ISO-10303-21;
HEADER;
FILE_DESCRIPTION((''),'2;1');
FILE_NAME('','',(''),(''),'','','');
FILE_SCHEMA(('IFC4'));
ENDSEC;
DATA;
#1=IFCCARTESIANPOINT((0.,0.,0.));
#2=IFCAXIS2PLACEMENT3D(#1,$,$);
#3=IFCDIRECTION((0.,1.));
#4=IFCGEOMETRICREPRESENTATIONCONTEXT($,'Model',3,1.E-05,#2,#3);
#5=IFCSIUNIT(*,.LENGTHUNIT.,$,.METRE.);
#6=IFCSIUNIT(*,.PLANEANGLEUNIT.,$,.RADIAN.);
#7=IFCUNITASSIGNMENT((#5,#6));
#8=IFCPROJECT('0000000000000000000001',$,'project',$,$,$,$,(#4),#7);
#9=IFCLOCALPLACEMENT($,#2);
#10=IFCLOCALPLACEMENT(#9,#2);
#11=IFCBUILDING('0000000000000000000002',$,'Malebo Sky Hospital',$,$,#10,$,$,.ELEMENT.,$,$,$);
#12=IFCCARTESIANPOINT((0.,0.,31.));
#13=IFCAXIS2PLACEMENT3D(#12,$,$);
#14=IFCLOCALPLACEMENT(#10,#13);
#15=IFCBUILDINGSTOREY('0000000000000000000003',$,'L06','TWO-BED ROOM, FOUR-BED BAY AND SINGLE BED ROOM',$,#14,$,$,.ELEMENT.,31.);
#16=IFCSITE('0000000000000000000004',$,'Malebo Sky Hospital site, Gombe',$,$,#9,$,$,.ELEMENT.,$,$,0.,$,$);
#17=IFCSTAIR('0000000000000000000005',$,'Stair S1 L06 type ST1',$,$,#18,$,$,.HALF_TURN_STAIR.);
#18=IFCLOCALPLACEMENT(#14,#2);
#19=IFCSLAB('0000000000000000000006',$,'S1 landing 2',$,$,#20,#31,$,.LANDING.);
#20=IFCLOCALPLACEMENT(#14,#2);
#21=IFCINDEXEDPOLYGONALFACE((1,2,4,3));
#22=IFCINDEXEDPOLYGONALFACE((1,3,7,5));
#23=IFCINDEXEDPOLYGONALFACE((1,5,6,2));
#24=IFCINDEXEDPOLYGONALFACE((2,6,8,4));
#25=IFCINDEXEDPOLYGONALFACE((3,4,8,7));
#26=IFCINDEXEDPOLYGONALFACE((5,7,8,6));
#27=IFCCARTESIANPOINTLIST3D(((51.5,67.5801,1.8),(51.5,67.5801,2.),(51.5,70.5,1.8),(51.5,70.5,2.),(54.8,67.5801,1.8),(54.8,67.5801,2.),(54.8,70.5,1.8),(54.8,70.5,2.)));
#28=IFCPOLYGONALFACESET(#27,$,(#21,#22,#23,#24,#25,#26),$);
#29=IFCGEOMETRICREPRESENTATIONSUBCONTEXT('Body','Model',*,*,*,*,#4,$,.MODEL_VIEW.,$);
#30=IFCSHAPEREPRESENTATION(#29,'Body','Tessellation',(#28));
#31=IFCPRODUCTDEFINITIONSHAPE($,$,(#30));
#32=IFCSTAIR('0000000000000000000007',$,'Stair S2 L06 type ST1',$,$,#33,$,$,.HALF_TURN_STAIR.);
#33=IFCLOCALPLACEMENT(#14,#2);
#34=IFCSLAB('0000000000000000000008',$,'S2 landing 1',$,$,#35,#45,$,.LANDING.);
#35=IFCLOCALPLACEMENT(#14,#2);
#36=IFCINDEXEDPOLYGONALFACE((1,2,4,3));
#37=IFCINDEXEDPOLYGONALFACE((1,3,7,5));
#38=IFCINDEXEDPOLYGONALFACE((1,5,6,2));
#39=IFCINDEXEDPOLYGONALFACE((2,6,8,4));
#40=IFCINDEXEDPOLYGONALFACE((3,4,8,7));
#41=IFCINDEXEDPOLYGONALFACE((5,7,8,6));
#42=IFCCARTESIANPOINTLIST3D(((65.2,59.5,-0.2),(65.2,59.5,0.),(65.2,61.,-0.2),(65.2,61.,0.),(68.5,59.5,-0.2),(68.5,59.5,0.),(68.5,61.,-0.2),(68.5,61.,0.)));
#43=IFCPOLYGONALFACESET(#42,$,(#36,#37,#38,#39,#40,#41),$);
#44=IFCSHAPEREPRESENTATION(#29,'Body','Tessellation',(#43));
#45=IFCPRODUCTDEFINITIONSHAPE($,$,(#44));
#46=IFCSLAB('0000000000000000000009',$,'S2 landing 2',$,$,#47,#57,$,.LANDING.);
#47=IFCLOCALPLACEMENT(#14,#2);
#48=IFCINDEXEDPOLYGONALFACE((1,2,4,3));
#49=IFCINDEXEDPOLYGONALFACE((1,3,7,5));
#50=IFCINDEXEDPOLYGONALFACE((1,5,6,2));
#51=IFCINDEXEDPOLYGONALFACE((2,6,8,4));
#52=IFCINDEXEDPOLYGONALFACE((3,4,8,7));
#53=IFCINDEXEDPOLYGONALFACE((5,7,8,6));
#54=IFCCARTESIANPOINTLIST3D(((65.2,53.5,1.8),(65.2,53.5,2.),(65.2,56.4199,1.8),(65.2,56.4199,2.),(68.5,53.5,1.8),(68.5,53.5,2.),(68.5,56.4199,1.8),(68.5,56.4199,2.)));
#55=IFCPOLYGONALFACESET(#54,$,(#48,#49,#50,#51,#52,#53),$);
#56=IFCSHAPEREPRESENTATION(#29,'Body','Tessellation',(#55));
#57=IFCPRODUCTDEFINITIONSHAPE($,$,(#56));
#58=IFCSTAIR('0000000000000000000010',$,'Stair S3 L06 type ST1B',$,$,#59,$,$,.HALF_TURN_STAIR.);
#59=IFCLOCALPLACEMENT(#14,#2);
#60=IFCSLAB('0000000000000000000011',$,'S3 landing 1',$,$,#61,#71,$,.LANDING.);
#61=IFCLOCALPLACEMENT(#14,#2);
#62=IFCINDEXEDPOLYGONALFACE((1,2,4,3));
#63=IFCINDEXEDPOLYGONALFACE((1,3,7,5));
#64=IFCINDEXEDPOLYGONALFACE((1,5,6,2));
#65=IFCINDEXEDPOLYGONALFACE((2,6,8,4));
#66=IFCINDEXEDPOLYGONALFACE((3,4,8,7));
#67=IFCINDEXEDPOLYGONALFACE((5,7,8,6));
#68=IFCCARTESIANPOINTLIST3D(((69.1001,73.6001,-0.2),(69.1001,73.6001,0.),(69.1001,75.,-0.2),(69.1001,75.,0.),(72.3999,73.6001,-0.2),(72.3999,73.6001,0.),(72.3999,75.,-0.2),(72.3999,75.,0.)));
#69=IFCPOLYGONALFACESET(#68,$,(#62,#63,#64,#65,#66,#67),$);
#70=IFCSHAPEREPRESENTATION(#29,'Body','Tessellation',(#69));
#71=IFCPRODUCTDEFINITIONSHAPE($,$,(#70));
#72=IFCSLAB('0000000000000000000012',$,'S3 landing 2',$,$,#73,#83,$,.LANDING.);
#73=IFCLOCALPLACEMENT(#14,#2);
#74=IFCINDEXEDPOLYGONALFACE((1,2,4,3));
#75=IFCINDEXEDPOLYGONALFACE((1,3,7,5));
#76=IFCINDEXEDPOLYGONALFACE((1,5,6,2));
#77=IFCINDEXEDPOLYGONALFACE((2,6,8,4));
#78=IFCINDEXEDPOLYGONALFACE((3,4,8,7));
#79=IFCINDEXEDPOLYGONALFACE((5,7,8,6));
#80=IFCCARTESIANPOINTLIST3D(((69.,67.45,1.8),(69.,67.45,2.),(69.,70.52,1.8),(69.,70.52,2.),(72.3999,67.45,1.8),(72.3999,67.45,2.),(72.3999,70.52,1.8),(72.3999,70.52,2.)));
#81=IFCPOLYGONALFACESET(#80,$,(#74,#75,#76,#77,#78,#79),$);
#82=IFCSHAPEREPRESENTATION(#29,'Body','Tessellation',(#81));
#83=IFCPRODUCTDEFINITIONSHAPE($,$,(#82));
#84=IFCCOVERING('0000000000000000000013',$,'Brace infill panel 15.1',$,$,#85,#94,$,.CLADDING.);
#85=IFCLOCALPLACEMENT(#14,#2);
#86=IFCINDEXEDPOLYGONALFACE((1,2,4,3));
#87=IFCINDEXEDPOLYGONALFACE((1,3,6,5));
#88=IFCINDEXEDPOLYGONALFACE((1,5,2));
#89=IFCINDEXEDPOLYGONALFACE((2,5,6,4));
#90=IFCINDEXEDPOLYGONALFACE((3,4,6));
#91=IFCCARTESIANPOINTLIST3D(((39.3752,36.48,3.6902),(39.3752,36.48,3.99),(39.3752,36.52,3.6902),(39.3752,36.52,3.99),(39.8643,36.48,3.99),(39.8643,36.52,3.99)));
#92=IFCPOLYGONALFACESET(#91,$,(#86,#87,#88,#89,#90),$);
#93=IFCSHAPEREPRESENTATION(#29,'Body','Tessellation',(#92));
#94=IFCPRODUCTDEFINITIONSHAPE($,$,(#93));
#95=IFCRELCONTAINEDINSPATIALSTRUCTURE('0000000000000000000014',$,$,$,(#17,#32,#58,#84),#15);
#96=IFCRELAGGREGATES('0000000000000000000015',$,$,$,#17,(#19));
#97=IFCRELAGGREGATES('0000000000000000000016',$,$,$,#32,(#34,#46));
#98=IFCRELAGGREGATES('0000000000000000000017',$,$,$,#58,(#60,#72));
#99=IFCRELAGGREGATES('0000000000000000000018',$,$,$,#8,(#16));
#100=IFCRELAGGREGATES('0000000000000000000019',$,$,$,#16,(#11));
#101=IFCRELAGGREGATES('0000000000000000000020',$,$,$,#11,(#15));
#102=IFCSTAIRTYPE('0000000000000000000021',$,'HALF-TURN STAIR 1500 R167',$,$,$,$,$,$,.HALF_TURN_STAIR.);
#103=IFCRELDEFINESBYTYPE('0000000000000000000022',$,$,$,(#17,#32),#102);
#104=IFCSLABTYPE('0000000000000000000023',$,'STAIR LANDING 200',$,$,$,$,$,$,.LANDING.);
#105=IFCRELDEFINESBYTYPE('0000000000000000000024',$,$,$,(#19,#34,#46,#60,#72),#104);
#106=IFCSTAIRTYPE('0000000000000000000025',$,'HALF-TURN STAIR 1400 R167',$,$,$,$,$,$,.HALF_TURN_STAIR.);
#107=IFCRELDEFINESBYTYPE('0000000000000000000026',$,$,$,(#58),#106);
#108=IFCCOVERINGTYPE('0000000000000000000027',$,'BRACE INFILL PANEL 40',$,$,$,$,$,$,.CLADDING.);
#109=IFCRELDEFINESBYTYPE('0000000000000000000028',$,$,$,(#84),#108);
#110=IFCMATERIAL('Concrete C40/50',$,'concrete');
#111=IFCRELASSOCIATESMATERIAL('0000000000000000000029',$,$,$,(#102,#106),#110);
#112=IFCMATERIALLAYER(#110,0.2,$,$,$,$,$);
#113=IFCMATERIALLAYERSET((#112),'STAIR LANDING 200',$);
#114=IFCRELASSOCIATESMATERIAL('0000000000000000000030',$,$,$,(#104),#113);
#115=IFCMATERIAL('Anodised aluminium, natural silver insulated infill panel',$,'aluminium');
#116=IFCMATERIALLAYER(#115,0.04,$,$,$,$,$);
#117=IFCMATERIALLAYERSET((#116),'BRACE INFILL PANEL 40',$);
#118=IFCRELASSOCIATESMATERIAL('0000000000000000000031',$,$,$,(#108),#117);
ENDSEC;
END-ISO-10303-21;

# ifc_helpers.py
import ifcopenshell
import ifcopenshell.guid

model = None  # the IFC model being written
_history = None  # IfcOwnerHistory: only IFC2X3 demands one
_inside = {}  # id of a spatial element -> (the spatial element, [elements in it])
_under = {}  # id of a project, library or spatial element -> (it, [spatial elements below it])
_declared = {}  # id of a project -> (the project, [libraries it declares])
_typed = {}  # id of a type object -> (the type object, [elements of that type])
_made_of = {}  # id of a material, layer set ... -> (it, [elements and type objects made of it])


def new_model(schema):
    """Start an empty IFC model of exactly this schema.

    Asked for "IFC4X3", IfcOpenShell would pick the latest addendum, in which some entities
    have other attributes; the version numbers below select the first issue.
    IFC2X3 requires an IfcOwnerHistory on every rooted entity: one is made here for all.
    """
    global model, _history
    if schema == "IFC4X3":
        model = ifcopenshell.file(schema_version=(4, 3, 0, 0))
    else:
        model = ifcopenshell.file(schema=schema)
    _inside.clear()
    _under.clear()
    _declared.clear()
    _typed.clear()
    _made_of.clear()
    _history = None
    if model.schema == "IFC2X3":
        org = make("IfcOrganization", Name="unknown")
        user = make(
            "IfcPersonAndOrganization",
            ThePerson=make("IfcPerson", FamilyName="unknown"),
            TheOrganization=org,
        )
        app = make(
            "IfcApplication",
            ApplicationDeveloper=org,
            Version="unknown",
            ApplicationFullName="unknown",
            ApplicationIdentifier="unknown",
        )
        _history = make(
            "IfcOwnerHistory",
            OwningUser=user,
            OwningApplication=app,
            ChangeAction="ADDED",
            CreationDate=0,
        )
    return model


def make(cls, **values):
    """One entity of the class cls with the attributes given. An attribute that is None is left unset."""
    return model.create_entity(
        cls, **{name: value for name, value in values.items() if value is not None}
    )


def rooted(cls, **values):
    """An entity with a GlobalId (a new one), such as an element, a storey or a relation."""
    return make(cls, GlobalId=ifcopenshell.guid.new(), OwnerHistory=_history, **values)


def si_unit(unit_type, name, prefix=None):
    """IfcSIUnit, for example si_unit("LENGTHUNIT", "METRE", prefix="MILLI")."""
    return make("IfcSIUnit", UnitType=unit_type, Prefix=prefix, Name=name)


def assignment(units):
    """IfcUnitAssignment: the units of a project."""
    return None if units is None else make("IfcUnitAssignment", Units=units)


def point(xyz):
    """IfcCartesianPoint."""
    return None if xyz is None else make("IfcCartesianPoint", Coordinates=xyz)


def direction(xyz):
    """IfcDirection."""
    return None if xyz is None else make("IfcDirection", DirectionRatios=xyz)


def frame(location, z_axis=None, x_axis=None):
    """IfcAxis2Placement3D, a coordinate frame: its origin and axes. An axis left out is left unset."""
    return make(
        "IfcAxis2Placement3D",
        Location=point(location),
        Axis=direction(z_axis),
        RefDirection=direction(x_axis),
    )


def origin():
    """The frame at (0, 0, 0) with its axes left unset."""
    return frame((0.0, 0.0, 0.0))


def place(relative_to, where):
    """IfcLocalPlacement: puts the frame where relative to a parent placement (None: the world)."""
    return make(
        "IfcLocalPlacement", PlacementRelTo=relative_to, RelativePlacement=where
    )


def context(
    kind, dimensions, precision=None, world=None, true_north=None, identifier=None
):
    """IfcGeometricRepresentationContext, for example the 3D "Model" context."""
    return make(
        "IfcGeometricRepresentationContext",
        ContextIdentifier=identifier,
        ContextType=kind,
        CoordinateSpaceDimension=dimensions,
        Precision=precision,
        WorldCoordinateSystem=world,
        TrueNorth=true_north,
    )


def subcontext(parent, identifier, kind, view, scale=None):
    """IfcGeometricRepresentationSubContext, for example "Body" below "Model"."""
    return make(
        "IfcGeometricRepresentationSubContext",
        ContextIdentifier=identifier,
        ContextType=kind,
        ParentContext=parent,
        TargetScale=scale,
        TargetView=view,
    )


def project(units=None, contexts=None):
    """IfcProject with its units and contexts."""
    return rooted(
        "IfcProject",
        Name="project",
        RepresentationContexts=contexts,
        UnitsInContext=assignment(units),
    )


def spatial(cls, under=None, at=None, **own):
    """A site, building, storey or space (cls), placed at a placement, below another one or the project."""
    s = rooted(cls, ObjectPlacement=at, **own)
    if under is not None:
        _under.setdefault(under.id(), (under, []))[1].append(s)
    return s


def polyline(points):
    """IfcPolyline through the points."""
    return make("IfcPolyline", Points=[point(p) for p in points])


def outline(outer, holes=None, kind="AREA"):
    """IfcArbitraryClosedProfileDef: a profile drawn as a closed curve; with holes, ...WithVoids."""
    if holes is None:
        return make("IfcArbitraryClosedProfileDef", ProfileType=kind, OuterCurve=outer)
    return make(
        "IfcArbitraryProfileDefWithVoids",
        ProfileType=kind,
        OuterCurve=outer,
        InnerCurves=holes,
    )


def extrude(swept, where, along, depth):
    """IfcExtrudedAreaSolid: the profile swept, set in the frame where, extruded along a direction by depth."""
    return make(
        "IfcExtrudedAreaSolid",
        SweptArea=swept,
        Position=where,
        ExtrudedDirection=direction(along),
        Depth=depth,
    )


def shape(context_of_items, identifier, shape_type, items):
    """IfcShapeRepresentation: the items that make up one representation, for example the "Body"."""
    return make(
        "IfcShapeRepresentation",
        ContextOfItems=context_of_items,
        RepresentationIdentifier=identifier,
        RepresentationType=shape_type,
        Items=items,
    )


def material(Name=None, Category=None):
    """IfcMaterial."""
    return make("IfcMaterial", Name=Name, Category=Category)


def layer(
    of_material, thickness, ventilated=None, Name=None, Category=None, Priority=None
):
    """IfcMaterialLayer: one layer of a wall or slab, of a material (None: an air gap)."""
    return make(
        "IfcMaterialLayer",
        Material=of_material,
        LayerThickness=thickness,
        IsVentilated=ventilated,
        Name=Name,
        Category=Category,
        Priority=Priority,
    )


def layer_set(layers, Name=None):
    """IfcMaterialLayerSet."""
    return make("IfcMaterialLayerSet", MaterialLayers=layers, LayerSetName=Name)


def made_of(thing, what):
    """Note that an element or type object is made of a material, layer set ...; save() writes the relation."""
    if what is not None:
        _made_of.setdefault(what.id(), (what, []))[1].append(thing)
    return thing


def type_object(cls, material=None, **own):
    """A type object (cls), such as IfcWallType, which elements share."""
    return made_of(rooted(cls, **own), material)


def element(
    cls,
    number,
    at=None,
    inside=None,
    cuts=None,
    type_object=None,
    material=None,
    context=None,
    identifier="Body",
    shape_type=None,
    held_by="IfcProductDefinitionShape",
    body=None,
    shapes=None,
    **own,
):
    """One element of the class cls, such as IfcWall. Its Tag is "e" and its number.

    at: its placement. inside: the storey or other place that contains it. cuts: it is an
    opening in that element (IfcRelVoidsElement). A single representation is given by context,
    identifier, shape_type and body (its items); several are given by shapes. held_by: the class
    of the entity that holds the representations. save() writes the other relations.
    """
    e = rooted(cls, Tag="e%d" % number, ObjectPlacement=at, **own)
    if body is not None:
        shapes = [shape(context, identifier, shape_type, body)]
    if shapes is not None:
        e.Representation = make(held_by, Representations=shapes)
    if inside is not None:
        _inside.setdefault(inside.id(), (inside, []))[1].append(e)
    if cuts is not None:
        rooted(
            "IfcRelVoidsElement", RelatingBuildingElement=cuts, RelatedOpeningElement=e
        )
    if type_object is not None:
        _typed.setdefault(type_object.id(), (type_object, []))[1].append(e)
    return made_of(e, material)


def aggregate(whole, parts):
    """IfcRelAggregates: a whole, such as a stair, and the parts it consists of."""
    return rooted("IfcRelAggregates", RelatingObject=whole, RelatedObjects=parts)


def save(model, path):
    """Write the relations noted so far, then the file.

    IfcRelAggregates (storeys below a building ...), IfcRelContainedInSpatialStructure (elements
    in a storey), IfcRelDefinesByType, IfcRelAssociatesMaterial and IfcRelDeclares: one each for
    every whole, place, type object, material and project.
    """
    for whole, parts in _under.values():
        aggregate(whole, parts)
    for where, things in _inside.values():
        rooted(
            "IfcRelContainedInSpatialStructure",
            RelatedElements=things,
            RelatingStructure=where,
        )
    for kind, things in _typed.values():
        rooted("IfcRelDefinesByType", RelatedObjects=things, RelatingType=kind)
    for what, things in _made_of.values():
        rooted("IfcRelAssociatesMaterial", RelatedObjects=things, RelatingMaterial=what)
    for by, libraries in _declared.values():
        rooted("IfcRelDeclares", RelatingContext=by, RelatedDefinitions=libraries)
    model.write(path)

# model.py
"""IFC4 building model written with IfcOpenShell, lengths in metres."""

from ifc_helpers import new_model, si_unit, direction, frame, origin, place, context, subcontext, project, spatial, polyline, outline, extrude, material, layer, layer_set, type_object, element, aggregate, save


model = new_model("IFC4")

# Units and contexts
model_context = context("Model", 3, precision=1e-05, world=origin(), true_north=direction((0.0, 1.0)))
body_context = subcontext(model_context, "Body", "Model", "MODEL_VIEW")
ifc_project = project(units=[si_unit("LENGTHUNIT", "METRE"), si_unit("PLANEANGLEUNIT", "RADIAN")], contexts=[model_context])

# Site, building, storey
site_placement = place(None, origin())
site = spatial("IfcSite", under=ifc_project, at=site_placement, Name="Malebo Sky Hospital site, Gombe", CompositionType="ELEMENT", RefElevation=0.0)
building_placement = place(site_placement, origin())
building = spatial("IfcBuilding", under=site, at=building_placement, Name="Malebo Sky Hospital", CompositionType="ELEMENT")
storey_placement = place(building_placement, frame((0.0, 0.0, 31.0)))
storey = spatial("IfcBuildingStorey", under=building, at=storey_placement, Name="L06", Description="TWO-BED ROOM, FOUR-BED BAY AND SINGLE BED ROOM", CompositionType="ELEMENT", Elevation=31.0)

# Shared definitions
ifc_material_1 = material(Name="Concrete C40/50", Category="concrete")

# Stairs, slabs
stair_type_1 = type_object("IfcStairType", Name="HALF-TURN STAIR 1500 R167", PredefinedType="HALF_TURN_STAIR", material=ifc_material_1)
stair_1_placement = place(storey_placement, origin())
stair_1 = element("IfcStair", 1, at=stair_1_placement, inside=storey, type_object=stair_type_1, Name="Stair S1 L06 type ST1", PredefinedType="HALF_TURN_STAIR")
ifc_layer_1 = layer(ifc_material_1, 0.2)
ifc_layer_set_1 = layer_set([ifc_layer_1], Name="STAIR LANDING 200")
slab_type_1 = type_object("IfcSlabType", Name="STAIR LANDING 200", PredefinedType="LANDING", material=ifc_layer_set_1)
slab_1_placement = place(storey_placement, frame((0.0, 0.0, 1.8)))
slab_1 = element("IfcSlab", 2, at=slab_1_placement, type_object=slab_type_1, Name="S1 landing 2", PredefinedType="LANDING", context=body_context, shape_type="SweptSolid", body=[
    extrude(outline(polyline([(51.5, 67.5801), (54.8, 67.5801), (54.8, 70.5), (51.5, 70.5), (51.5, 67.5801)])), origin(), (0.0, 0.0, 1.0), 0.2),
])
aggregate(stair_1, [slab_1])
stair_2_placement = place(storey_placement, origin())
stair_2 = element("IfcStair", 3, at=stair_2_placement, inside=storey, type_object=stair_type_1, Name="Stair S2 L06 type ST1", PredefinedType="HALF_TURN_STAIR")
slab_2_placement = place(storey_placement, frame((0.0, 0.0, -0.2)))
slab_2 = element("IfcSlab", 4, at=slab_2_placement, type_object=slab_type_1, Name="S2 landing 1", PredefinedType="LANDING", context=body_context, shape_type="SweptSolid", body=[
    extrude(outline(polyline([(65.2, 59.5), (68.5, 59.5), (68.5, 61.0), (65.2, 61.0), (65.2, 59.5)])), origin(), (0.0, 0.0, 1.0), 0.2),
])
slab_3_placement = place(storey_placement, frame((0.0, 0.0, 1.8)))
slab_3 = element("IfcSlab", 5, at=slab_3_placement, type_object=slab_type_1, Name="S2 landing 2", PredefinedType="LANDING", context=body_context, shape_type="SweptSolid", body=[
    extrude(outline(polyline([(65.2, 53.5), (68.5, 53.5), (68.5, 56.4199), (65.2, 56.4199), (65.2, 53.5)])), origin(), (0.0, 0.0, 1.0), 0.2),
])
aggregate(stair_2, [slab_2, slab_3])
stair_type_2 = type_object("IfcStairType", Name="HALF-TURN STAIR 1400 R167", PredefinedType="HALF_TURN_STAIR", material=ifc_material_1)
stair_3_placement = place(storey_placement, origin())
stair_3 = element("IfcStair", 6, at=stair_3_placement, inside=storey, type_object=stair_type_2, Name="Stair S3 L06 type ST1B", PredefinedType="HALF_TURN_STAIR")
slab_4_placement = place(storey_placement, frame((0.0, 0.0, -0.2)))
slab_4 = element("IfcSlab", 7, at=slab_4_placement, type_object=slab_type_1, Name="S3 landing 1", PredefinedType="LANDING", context=body_context, shape_type="SweptSolid", body=[
    extrude(outline(polyline([(69.1001, 73.6001), (72.3999, 73.6001), (72.3999, 75.0), (69.1001, 75.0), (69.1001, 73.6001)])), origin(), (0.0, 0.0, 1.0), 0.2),
])
slab_5_placement = place(storey_placement, frame((0.0, 0.0, 1.8)))
slab_5 = element("IfcSlab", 8, at=slab_5_placement, type_object=slab_type_1, Name="S3 landing 2", PredefinedType="LANDING", context=body_context, shape_type="SweptSolid", body=[
    extrude(outline(polyline([(69.0, 67.45), (72.3999, 67.45), (72.3999, 70.52), (69.0, 70.52), (69.0, 67.45)])), origin(), (0.0, 0.0, 1.0), 0.2),
])
aggregate(stair_3, [slab_4, slab_5])

# Covering
ifc_material_2 = material(Name="Anodised aluminium, natural silver insulated infill panel", Category="aluminium")
ifc_layer_2 = layer(ifc_material_2, 0.04)
ifc_layer_set_2 = layer_set([ifc_layer_2], Name="BRACE INFILL PANEL 40")
covering_type = type_object("IfcCoveringType", Name="BRACE INFILL PANEL 40", PredefinedType="CLADDING", material=ifc_layer_set_2)
covering_placement = place(storey_placement, frame((39.6196, 36.5, 3.6902), z_axis=(0.0, 0.0, 1.0), x_axis=(-1.0, 0.0, 0.0)))
element("IfcCovering", 9, at=covering_placement, inside=storey, type_object=covering_type, Name="Brace infill panel 15.1", PredefinedType="CLADDING", context=body_context, shape_type="SweptSolid", body=[
    extrude(outline(polyline([(0.2444, 0.0), (0.2444, 0.2998), (-0.2446, 0.2998), (0.2444, 0.0)])), frame((0.0, 0.02, 0.0), z_axis=(0.0, -1.0, 0.0), x_axis=(1.0, 0.0, 0.0)), (0.0, 0.0, 1.0), 0.04),
])

save(model, "model.ifc")
